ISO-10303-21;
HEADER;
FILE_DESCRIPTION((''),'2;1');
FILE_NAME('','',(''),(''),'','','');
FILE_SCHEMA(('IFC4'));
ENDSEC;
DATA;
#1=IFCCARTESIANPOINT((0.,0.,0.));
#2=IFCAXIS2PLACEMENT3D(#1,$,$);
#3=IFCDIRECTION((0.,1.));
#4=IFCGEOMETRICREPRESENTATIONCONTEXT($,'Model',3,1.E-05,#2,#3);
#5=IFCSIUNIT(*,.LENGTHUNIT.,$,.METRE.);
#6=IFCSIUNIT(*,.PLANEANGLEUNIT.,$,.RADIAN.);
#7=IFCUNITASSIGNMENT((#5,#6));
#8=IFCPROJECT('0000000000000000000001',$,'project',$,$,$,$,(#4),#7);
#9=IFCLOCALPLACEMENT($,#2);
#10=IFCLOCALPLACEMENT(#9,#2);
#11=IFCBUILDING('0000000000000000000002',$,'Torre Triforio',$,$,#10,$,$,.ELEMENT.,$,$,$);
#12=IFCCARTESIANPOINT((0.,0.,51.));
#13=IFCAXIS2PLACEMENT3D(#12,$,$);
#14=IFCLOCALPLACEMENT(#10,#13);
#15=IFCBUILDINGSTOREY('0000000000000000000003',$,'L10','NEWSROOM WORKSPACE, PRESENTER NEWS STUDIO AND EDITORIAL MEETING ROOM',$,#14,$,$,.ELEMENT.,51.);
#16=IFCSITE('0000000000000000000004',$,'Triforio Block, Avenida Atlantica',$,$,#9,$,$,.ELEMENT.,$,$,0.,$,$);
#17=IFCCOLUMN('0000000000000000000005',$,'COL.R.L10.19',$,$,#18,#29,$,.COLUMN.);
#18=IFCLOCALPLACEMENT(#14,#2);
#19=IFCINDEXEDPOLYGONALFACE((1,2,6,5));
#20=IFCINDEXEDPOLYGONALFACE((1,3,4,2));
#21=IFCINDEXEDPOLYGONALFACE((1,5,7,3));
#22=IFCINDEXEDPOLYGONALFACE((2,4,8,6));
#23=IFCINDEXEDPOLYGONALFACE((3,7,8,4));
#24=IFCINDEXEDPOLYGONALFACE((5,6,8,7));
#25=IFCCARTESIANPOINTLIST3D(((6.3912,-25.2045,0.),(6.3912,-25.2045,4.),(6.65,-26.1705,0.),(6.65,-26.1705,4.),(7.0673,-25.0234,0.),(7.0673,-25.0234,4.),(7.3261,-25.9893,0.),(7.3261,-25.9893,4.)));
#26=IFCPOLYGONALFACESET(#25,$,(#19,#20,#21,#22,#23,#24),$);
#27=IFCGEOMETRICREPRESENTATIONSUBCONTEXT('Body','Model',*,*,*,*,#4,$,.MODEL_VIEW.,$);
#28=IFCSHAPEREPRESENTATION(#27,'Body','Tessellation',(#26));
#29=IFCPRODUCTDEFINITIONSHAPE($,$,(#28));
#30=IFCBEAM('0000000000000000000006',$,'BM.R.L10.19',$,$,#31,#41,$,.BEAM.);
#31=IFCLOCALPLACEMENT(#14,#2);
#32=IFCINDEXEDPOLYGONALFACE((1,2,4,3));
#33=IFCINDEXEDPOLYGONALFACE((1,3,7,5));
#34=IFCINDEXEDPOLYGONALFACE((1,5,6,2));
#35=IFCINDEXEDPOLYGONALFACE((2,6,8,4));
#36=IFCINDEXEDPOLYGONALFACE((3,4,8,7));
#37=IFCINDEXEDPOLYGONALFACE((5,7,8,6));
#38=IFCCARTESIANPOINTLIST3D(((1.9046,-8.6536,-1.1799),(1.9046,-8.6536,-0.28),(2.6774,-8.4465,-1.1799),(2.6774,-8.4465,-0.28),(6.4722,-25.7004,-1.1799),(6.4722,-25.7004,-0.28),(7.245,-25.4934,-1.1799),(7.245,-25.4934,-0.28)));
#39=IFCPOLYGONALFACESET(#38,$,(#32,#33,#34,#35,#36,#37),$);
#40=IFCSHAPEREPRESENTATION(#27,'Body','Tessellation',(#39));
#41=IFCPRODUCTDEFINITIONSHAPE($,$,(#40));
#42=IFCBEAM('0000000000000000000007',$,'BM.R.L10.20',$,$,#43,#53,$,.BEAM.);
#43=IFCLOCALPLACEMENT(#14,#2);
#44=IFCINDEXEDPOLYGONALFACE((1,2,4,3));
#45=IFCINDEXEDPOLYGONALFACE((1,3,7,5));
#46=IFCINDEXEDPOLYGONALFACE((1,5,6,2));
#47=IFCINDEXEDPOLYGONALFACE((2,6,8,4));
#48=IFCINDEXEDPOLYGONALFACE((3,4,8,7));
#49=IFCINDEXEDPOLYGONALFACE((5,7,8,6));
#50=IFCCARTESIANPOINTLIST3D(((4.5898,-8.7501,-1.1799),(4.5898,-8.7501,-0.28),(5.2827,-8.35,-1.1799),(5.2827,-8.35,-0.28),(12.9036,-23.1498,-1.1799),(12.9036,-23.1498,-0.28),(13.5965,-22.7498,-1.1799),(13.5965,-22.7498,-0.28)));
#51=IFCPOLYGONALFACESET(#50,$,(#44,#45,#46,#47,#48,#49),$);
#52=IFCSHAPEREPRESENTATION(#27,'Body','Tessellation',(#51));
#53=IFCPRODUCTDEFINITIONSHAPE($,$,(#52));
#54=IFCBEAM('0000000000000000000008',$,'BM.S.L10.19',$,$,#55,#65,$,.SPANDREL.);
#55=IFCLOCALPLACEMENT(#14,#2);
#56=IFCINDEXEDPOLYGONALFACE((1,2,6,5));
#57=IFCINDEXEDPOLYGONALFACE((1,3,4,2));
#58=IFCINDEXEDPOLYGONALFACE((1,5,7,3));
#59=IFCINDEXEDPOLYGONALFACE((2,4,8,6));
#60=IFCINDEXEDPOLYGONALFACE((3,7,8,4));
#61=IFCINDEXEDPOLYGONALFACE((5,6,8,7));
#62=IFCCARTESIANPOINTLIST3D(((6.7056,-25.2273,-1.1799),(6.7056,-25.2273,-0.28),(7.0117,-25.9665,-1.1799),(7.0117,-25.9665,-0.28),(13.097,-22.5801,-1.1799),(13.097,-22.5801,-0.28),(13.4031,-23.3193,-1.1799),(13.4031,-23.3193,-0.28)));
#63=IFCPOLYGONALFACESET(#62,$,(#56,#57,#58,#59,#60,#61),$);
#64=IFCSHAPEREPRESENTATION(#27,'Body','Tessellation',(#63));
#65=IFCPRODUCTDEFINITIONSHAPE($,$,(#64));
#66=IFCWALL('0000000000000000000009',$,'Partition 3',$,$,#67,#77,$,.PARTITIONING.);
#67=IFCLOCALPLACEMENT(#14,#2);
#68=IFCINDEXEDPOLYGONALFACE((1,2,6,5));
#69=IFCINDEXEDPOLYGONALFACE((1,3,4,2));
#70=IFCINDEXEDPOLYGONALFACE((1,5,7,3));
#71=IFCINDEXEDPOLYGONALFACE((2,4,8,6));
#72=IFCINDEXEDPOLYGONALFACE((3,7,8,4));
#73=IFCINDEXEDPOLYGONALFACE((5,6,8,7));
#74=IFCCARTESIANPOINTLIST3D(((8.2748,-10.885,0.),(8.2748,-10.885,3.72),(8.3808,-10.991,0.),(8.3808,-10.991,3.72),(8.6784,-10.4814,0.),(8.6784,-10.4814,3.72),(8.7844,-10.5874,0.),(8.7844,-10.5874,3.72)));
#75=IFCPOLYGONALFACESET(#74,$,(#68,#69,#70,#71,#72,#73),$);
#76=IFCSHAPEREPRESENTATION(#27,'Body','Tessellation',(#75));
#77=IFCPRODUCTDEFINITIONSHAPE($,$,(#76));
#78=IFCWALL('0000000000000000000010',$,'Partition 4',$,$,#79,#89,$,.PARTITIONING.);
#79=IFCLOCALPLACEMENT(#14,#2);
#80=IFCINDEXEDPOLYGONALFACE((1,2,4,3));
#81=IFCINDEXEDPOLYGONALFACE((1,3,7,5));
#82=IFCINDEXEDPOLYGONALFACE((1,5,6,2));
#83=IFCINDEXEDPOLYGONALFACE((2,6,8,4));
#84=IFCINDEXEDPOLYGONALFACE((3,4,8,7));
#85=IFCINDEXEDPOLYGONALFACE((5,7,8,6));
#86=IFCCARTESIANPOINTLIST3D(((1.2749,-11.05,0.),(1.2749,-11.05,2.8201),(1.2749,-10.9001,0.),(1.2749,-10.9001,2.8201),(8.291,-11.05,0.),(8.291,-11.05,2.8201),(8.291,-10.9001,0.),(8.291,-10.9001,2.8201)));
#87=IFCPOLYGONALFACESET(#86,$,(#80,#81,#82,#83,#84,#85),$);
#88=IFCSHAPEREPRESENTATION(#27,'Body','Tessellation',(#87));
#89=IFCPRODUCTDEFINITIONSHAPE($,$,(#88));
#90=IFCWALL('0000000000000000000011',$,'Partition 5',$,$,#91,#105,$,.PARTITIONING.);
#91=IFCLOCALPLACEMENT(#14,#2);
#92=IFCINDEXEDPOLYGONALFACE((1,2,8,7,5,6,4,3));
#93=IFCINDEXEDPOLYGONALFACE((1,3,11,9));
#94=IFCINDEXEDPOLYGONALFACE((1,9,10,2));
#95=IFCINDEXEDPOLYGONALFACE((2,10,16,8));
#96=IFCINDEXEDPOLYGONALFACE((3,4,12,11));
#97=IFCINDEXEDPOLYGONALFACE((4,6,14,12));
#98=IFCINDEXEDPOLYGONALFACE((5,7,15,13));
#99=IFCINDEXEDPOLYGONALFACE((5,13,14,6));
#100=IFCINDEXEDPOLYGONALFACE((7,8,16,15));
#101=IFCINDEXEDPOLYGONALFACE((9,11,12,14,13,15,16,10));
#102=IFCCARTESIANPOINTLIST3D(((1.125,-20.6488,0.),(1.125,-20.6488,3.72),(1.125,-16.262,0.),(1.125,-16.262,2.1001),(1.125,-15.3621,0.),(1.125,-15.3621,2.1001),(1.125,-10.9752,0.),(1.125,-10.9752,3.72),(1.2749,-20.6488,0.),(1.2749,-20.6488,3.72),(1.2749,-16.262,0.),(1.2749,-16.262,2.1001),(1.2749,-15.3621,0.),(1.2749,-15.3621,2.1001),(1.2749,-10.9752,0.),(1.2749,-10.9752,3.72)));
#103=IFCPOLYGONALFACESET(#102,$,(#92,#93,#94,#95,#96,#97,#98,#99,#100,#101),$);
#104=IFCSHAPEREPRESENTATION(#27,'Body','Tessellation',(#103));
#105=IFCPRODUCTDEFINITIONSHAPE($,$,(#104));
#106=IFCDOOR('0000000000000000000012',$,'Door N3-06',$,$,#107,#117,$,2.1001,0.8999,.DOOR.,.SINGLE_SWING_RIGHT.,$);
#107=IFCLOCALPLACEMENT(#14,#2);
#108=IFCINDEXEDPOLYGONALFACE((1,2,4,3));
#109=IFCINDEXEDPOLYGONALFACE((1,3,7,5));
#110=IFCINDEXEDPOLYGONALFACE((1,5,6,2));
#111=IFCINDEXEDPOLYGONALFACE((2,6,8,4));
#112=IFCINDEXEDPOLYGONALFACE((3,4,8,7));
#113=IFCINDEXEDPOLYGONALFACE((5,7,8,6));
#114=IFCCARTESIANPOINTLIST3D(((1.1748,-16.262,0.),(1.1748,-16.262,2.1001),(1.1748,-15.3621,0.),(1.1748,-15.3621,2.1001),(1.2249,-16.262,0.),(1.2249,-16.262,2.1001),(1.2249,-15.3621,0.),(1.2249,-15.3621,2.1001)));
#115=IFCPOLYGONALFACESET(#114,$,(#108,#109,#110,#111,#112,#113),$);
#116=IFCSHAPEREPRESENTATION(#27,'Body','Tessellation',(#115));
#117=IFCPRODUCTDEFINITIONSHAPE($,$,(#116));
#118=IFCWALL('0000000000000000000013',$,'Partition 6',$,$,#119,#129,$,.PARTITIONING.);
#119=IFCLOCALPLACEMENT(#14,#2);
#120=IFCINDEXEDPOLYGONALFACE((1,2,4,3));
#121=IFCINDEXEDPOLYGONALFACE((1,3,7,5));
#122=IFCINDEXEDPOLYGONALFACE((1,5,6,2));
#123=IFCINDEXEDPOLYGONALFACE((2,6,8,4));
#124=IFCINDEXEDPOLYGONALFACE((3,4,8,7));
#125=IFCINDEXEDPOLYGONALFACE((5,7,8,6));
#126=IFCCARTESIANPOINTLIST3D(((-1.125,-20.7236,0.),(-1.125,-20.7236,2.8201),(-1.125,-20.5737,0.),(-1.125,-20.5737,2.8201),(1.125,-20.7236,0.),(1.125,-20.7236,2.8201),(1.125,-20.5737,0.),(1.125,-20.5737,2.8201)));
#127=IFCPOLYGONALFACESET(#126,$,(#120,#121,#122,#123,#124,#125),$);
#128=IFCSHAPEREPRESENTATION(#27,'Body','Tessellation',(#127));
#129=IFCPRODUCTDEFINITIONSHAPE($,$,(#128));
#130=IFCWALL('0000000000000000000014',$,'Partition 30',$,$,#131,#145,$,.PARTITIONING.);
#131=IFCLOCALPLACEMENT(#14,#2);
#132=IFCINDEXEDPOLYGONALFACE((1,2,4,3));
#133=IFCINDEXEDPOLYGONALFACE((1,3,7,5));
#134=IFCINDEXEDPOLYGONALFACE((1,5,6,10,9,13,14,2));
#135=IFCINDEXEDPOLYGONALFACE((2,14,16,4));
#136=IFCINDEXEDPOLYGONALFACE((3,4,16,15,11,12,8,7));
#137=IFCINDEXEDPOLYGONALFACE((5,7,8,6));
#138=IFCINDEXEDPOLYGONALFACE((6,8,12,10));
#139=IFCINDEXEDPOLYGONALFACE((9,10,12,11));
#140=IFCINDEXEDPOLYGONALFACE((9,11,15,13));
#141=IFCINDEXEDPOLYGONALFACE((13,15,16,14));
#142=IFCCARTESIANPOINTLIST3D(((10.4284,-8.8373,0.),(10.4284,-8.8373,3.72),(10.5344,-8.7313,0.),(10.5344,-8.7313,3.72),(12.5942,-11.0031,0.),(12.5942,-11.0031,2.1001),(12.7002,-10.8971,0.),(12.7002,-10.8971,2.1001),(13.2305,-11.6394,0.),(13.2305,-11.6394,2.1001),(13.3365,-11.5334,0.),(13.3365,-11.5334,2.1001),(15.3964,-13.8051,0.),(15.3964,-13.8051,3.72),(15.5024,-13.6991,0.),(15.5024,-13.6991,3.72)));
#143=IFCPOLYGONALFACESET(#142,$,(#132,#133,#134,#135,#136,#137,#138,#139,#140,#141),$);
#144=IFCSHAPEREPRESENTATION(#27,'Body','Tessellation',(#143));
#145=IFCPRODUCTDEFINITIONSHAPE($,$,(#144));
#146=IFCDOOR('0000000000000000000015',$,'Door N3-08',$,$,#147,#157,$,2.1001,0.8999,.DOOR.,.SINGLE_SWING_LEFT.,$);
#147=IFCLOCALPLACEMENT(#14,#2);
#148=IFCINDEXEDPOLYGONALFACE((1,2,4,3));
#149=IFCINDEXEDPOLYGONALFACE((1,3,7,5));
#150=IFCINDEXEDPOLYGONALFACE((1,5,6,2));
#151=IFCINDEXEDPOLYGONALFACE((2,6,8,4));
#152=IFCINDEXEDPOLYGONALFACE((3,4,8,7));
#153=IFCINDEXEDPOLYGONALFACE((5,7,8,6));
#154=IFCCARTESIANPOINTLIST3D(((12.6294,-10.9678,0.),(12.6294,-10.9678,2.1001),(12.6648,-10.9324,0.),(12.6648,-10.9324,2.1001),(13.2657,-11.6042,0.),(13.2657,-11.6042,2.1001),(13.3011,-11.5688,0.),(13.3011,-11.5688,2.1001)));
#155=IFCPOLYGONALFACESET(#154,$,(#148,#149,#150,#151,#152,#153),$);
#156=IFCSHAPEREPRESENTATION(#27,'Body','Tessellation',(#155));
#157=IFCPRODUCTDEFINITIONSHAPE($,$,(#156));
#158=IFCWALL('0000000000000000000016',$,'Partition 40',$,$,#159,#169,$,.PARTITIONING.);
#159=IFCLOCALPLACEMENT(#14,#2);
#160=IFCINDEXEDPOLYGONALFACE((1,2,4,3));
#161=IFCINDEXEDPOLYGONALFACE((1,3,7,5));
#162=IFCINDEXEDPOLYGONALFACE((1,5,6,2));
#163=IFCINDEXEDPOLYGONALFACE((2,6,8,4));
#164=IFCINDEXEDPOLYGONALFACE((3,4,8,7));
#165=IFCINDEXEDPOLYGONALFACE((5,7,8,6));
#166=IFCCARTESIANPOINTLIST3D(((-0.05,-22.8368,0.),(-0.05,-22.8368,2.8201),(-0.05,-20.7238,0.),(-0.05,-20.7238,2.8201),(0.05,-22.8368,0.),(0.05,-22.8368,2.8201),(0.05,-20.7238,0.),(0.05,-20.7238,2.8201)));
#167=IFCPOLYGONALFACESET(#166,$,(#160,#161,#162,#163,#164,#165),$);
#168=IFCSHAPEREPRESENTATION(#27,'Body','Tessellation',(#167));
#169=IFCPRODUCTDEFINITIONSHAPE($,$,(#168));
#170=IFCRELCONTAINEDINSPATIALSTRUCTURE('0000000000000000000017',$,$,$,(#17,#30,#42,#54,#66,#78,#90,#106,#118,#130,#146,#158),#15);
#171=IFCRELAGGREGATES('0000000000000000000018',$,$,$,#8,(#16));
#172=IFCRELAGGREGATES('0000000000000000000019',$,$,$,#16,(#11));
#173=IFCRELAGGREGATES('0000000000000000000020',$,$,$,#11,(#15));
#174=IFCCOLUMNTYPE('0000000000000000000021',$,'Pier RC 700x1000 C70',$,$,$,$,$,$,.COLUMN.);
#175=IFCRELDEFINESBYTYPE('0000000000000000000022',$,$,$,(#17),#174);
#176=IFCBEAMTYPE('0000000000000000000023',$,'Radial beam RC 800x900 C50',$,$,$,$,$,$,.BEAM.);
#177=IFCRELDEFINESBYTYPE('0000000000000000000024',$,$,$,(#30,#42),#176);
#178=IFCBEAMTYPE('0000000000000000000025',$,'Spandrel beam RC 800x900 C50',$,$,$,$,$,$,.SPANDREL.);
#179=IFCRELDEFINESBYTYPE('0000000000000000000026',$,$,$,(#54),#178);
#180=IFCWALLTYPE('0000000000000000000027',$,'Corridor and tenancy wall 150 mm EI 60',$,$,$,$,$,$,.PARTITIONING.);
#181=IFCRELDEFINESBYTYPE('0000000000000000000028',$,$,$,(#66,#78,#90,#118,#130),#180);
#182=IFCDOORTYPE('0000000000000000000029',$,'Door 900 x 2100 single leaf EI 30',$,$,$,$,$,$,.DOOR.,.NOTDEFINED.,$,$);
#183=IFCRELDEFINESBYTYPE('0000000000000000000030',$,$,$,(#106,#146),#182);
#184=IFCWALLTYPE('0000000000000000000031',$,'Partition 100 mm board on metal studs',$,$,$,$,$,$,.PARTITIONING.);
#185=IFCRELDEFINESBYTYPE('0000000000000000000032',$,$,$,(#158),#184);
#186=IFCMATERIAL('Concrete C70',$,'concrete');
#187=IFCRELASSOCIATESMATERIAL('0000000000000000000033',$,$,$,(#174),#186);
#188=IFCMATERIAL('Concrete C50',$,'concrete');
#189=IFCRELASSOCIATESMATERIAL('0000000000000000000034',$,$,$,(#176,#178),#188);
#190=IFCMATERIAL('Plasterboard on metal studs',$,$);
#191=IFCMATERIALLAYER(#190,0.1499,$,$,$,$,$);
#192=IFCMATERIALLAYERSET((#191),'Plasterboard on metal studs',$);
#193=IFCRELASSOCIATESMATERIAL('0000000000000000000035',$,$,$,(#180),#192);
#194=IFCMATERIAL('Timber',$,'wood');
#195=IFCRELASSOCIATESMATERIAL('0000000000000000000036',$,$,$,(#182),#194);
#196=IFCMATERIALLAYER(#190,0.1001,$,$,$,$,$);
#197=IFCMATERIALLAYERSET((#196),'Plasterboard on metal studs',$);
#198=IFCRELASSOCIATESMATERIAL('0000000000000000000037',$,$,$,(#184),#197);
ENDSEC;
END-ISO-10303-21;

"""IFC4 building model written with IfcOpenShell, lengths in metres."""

from ifc_helpers import new_model, si_unit, direction, frame, frame_2d, origin, origin_2d, place, context, subcontext, project, spatial, rectangle, extrude, material, layer, layer_set, material_profile, profile_set, type_object, element, fill, save


model = new_model("IFC4")

# Units and contexts
model_context = context("Model", 3, precision=1e-05, world=origin(), true_north=direction((0.0, 1.0)))
body_context = subcontext(model_context, "Body", "Model", "MODEL_VIEW")
ifc_project = project(units=[si_unit("LENGTHUNIT", "METRE"), si_unit("PLANEANGLEUNIT", "RADIAN")], contexts=[model_context])

# Site, building, storey
site_placement = place(None, origin())
site = spatial("IfcSite", under=ifc_project, at=site_placement, Name="Triforio Block, Avenida Atlantica", CompositionType="ELEMENT", RefElevation=0.0)
building_placement = place(site_placement, origin())
building = spatial("IfcBuilding", under=site, at=building_placement, Name="Torre Triforio", CompositionType="ELEMENT")
storey_placement = place(building_placement, frame((0.0, 0.0, 51.0)))
storey = spatial("IfcBuildingStorey", under=building, at=storey_placement, Name="L10", Description="NEWSROOM WORKSPACE, PRESENTER NEWS STUDIO AND EDITORIAL MEETING ROOM", CompositionType="ELEMENT", Elevation=51.0)

# Column
ifc_material_1 = material(Name="Concrete C70", Category="concrete")
ifc_material_profile_1 = material_profile(ifc_material_1, rectangle(XDim=0.7, YDim=1.0, at=origin_2d()), Name="RC 700x1000")
ifc_profile_set_1 = profile_set([ifc_material_profile_1], Name="Concrete C70")
column_type = type_object("IfcColumnType", Name="Pier RC 700x1000 C70", PredefinedType="COLUMN", material=ifc_profile_set_1)
column_placement = place(storey_placement, frame((6.8586, -25.5969, 0.0), z_axis=(0.0, 0.0, 1.0), x_axis=(0.965926, 0.258819, 0.0)))
element("IfcColumn", 1, at=column_placement, inside=storey, type_object=column_type, Name="COL.R.L10.19", PredefinedType="COLUMN", context=body_context, shape_type="SweptSolid", body=[
    extrude(rectangle(XDim=0.7, YDim=1.0, at=origin_2d()), origin(), (0.0, 0.0, 1.0), 4.0),
])

# Beams
ifc_material_2 = material(Name="Concrete C50", Category="concrete")
ifc_material_profile_2 = material_profile(ifc_material_2, rectangle(XDim=0.8, YDim=0.8999, at=origin_2d()), Name="RC 800x900")
ifc_profile_set_2 = profile_set([ifc_material_profile_2], Name="Concrete C50")
beam_type_1 = type_object("IfcBeamType", Name="Radial beam RC 800x900 C50", PredefinedType="BEAM", material=ifc_profile_set_2)
beam_1_placement = place(storey_placement, frame((2.291, -8.55, -0.73), z_axis=(0.258815, -0.965927, 0.0), x_axis=(0.965927, 0.258815, 0.0)))
element("IfcBeam", 2, at=beam_1_placement, inside=storey, type_object=beam_type_1, Name="BM.R.L10.19", PredefinedType="BEAM", context=body_context, shape_type="SweptSolid", body=[
    extrude(rectangle(XDim=0.8, YDim=0.8999, at=origin_2d()), origin(), (0.0, 0.0, 1.0), 17.6482),
])
beam_2_placement = place(storey_placement, frame((4.9363, -8.55, -0.73), z_axis=(0.500003, -0.866023, 0.0), x_axis=(0.866023, 0.500003, 0.0)))
element("IfcBeam", 3, at=beam_2_placement, inside=storey, type_object=beam_type_1, Name="BM.R.L10.20", PredefinedType="BEAM", context=body_context, shape_type="SweptSolid", body=[
    extrude(rectangle(XDim=0.8, YDim=0.8999, at=origin_2d()), origin(), (0.0, 0.0, 1.0), 16.6274),
])
ifc_material_profile_3 = material_profile(ifc_material_2, rectangle(XDim=0.8, YDim=0.8999, at=origin_2d()), Name="RC 800x900")
ifc_profile_set_3 = profile_set([ifc_material_profile_3], Name="Concrete C50")
beam_type_2 = type_object("IfcBeamType", Name="Spandrel beam RC 800x900 C50", PredefinedType="SPANDREL", material=ifc_profile_set_3)
beam_3_placement = place(storey_placement, frame((6.8586, -25.5969, -0.73), z_axis=(0.923888, 0.382662, 0.0), x_axis=(-0.382662, 0.923888, 0.0)))
element("IfcBeam", 4, at=beam_3_placement, inside=storey, type_object=beam_type_2, Name="BM.S.L10.19", PredefinedType="SPANDREL", context=body_context, shape_type="SweptSolid", body=[
    extrude(rectangle(XDim=0.8, YDim=0.8999, at=origin_2d()), origin(), (0.0, 0.0, 1.0), 6.918),
])

# Walls
ifc_material_3 = material(Name="Plasterboard on metal studs")
ifc_layer_1 = layer(ifc_material_3, 0.1499)
ifc_layer_set_1 = layer_set([ifc_layer_1], Name="Plasterboard on metal studs")
wall_type_1 = type_object("IfcWallType", Name="Corridor and tenancy wall 150 mm EI 60", PredefinedType="PARTITIONING", material=ifc_layer_set_1)
wall_1_placement = place(storey_placement, frame((8.7314, -10.5344, 0.0), z_axis=(0.0, 0.0, 1.0), x_axis=(-0.707107, -0.707107, 0.0)))
element("IfcWall", 5, at=wall_1_placement, inside=storey, type_object=wall_type_1, Name="Partition 3", PredefinedType="PARTITIONING", context=body_context, shape_type="SweptSolid", body=[
    extrude(rectangle(XDim=0.5708, YDim=0.1499, at=frame_2d((0.2854, 0.0))), origin(), (0.0, 0.0, 1.0), 3.72),
])
wall_2_placement = place(storey_placement, frame((8.291, -10.9751, 0.0), z_axis=(0.0, 0.0, 1.0), x_axis=(-1.0, 0.0, 0.0)))
element("IfcWall", 6, at=wall_2_placement, inside=storey, type_object=wall_type_1, Name="Partition 4", PredefinedType="PARTITIONING", context=body_context, shape_type="SweptSolid", body=[
    extrude(rectangle(XDim=7.0161, YDim=0.1499, at=frame_2d((3.5081, 0.0))), origin(), (0.0, 0.0, 1.0), 2.8201),
])

# Wall, opening, door
wall_3_placement = place(storey_placement, frame((1.2, -10.9751, 0.0), z_axis=(0.0, 0.0, 1.0), x_axis=(0.0, -1.0, 0.0)))
wall_3 = element("IfcWall", 7, at=wall_3_placement, inside=storey, type_object=wall_type_1, Name="Partition 5", PredefinedType="PARTITIONING", context=body_context, shape_type="SweptSolid", body=[
    extrude(rectangle(XDim=9.6736, YDim=0.1499, at=frame_2d((4.8369, 0.0))), origin(), (0.0, 0.0, 1.0), 3.72),
])
opening_1_placement = place(wall_3_placement, frame((4.387, 0.0, 0.0)))
opening_1 = element("IfcOpeningElement", 8, at=opening_1_placement, cuts=wall_3, PredefinedType="OPENING", context=body_context, shape_type="SweptSolid", body=[
    extrude(rectangle(XDim=0.8999, YDim=2.1001, at=frame_2d((0.45, 1.05))), frame((0.0, 0.085, 0.0), z_axis=(0.0, -1.0, 0.0), x_axis=(1.0, 0.0, 0.0)), (0.0, 0.0, 1.0), 0.1699),
])
ifc_material_4 = material(Name="Timber", Category="wood")
door_type_1 = type_object("IfcDoorType", Name="Door 900 x 2100 single leaf EI 30", OperationType="NOTDEFINED", PredefinedType="DOOR", material=ifc_material_4)
door_1_placement = place(opening_1_placement, origin())
door_1 = element("IfcDoor", 9, at=door_1_placement, inside=storey, type_object=door_type_1, Name="Door N3-06", OperationType="SINGLE_SWING_RIGHT", OverallHeight=2.1001, OverallWidth=0.8999, PredefinedType="DOOR", context=body_context, shape_type="SweptSolid", body=[
    extrude(rectangle(XDim=0.8999, YDim=2.1001, at=frame_2d((0.45, 1.05))), frame((0.0, 0.0249, 0.0), z_axis=(0.0, -1.0, 0.0), x_axis=(1.0, 0.0, 0.0)), (0.0, 0.0, 1.0), 0.05),
])
fill(opening_1, door_1)

# Wall
wall_4_placement = place(storey_placement, frame((1.125, -20.6487, 0.0), z_axis=(0.0, 0.0, 1.0), x_axis=(-1.0, 0.0, 0.0)))
element("IfcWall", 10, at=wall_4_placement, inside=storey, type_object=wall_type_1, Name="Partition 6", PredefinedType="PARTITIONING", context=body_context, shape_type="SweptSolid", body=[
    extrude(rectangle(XDim=2.25, YDim=0.1499, at=frame_2d((1.125, 0.0))), origin(), (0.0, 0.0, 1.0), 2.8201),
])

# Wall, opening, door
wall_5_placement = place(storey_placement, frame((10.4814, -8.7844, 0.0), z_axis=(0.0, 0.0, 1.0), x_axis=(0.707124, -0.707089, 0.0)))
wall_5 = element("IfcWall", 11, at=wall_5_placement, inside=storey, type_object=wall_type_1, Name="Partition 30", PredefinedType="PARTITIONING", context=body_context, shape_type="SweptSolid", body=[
    extrude(rectangle(XDim=7.0256, YDim=0.1499, at=frame_2d((3.5127, 0.0))), origin(), (0.0, 0.0, 1.0), 3.72),
])
opening_2_placement = place(wall_5_placement, frame((3.0627, 0.0, 0.0)))
opening_2 = element("IfcOpeningElement", 12, at=opening_2_placement, cuts=wall_5, PredefinedType="OPENING", context=body_context, shape_type="SweptSolid", body=[
    extrude(rectangle(XDim=0.8999, YDim=2.1001, at=frame_2d((0.45, 1.05))), frame((0.0, 0.085, 0.0), z_axis=(0.0, -1.0, 0.0), x_axis=(1.0, 0.0, 0.0)), (0.0, 0.0, 1.0), 0.1699),
])
door_2_placement = place(opening_2_placement, origin())
door_2 = element("IfcDoor", 13, at=door_2_placement, inside=storey, type_object=door_type_1, Name="Door N3-08", OperationType="SINGLE_SWING_LEFT", OverallHeight=2.1001, OverallWidth=0.8999, PredefinedType="DOOR", context=body_context, shape_type="SweptSolid", body=[
    extrude(rectangle(XDim=0.8999, YDim=2.1001, at=frame_2d((0.45, 1.05))), frame((0.0, 0.0249, 0.0), z_axis=(0.0, -1.0, 0.0), x_axis=(1.0, 0.0, 0.0)), (0.0, 0.0, 1.0), 0.05),
])
fill(opening_2, door_2)

# Wall
ifc_layer_2 = layer(ifc_material_3, 0.1001)
ifc_layer_set_2 = layer_set([ifc_layer_2], Name="Plasterboard on metal studs")
wall_type_2 = type_object("IfcWallType", Name="Partition 100 mm board on metal studs", PredefinedType="PARTITIONING", material=ifc_layer_set_2)
wall_6_placement = place(storey_placement, frame((0.0, -20.7236, 0.0), z_axis=(0.0, 0.0, 1.0), x_axis=(0.0, -1.0, 0.0)))
element("IfcWall", 14, at=wall_6_placement, inside=storey, type_object=wall_type_2, Name="Partition 40", PredefinedType="PARTITIONING", context=body_context, shape_type="SweptSolid", body=[
    extrude(rectangle(XDim=2.113, YDim=0.1001, at=frame_2d((1.0566, 0.0))), origin(), (0.0, 0.0, 1.0), 2.8201),
])

save(model, "model.ifc")
